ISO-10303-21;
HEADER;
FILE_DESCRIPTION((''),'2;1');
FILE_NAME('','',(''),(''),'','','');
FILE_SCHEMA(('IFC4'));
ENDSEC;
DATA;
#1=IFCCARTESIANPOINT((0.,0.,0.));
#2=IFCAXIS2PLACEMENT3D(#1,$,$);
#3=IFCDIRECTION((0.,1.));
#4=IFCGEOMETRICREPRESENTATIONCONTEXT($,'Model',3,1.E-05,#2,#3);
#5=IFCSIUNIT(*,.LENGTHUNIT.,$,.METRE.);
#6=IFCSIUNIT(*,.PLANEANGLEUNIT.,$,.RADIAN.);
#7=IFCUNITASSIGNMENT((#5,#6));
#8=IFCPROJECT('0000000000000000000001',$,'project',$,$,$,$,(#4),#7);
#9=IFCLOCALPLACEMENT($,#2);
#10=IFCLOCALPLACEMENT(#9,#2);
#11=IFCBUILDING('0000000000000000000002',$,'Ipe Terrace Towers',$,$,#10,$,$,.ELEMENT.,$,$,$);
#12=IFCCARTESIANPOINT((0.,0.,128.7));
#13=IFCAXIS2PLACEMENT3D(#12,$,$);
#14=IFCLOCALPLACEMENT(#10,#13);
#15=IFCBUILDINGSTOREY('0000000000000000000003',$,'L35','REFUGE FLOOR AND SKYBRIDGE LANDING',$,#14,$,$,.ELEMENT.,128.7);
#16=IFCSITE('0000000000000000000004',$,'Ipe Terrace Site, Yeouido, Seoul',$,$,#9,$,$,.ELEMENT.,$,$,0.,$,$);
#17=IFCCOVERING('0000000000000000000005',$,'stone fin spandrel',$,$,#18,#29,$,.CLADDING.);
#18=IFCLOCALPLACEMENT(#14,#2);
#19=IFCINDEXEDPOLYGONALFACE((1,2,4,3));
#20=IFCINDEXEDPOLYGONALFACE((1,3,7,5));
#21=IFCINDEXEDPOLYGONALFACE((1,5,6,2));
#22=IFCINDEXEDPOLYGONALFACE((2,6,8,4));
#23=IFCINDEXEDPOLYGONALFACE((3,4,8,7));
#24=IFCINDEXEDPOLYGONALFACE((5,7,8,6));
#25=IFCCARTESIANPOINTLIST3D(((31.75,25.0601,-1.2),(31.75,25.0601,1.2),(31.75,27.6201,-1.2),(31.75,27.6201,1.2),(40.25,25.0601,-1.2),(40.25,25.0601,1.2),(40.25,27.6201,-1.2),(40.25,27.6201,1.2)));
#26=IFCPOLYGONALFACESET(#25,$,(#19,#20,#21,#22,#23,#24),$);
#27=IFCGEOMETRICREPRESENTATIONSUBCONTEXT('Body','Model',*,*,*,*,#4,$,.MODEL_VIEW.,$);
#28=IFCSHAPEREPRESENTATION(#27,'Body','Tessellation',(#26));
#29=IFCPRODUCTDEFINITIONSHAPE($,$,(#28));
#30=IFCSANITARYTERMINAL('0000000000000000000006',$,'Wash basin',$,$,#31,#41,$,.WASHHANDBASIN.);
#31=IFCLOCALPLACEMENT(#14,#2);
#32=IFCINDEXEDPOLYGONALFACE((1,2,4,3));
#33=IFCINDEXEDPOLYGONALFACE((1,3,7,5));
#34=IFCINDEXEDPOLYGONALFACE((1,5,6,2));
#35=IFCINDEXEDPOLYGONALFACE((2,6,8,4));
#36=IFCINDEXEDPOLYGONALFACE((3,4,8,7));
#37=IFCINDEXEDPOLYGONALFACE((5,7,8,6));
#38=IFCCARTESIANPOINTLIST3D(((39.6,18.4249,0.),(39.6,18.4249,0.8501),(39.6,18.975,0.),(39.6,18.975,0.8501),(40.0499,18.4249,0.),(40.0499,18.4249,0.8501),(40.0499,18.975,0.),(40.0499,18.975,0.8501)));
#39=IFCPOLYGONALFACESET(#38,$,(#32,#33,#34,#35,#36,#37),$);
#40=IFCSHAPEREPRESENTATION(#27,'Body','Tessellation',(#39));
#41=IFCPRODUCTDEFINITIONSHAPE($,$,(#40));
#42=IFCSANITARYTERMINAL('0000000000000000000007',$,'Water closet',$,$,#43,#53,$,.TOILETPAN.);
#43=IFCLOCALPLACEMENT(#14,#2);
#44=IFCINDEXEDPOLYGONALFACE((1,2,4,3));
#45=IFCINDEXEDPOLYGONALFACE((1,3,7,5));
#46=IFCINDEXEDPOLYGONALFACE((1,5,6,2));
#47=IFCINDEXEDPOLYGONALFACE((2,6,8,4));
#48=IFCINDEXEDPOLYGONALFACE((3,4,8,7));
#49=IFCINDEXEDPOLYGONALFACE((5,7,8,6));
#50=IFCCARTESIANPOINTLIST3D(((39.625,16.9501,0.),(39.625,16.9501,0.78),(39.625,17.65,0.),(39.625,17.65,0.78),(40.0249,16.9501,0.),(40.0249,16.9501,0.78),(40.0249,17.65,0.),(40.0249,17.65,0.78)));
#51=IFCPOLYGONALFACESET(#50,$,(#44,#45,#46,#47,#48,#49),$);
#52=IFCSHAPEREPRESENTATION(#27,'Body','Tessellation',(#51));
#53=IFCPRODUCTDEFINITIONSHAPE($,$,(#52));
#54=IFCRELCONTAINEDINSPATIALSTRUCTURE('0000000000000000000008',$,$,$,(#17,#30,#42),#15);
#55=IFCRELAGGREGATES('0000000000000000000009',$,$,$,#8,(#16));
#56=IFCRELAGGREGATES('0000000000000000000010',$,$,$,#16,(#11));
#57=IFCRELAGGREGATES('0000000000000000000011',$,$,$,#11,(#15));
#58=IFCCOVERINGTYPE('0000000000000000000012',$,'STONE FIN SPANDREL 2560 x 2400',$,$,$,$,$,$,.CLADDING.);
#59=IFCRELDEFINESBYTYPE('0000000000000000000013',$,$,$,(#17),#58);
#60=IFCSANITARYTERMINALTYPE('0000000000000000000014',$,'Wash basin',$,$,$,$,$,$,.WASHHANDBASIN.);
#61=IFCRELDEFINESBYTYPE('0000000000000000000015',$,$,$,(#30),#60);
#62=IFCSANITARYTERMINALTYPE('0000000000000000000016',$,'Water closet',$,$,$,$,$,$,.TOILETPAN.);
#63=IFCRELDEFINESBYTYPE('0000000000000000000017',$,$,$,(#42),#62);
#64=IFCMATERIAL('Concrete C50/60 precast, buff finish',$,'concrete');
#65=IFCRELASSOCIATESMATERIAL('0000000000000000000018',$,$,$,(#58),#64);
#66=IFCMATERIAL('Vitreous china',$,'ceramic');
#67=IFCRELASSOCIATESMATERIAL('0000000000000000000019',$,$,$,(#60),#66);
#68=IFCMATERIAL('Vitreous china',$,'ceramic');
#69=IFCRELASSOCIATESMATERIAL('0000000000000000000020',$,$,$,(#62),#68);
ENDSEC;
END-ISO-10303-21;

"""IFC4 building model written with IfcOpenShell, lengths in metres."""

from ifc_helpers import new_model, si_unit, direction, frame, origin, origin_2d, place, context, subcontext, project, spatial, rectangle, extrude, material, material_profile, profile_set, type_object, element, save


model = new_model("IFC4")

# Units and contexts
model_context = context("Model", 3, precision=1e-05, world=origin(), true_north=direction((0.0, 1.0)))
body_context = subcontext(model_context, "Body", "Model", "MODEL_VIEW")
ifc_project = project(units=[si_unit("LENGTHUNIT", "METRE"), si_unit("PLANEANGLEUNIT", "RADIAN")], contexts=[model_context])

# Site, building, storey
site_placement = place(None, origin())
site = spatial("IfcSite", under=ifc_project, at=site_placement, Name="Ipe Terrace Site, Yeouido, Seoul", CompositionType="ELEMENT", RefElevation=0.0)
building_placement = place(site_placement, origin())
building = spatial("IfcBuilding", under=site, at=building_placement, Name="Ipe Terrace Towers", CompositionType="ELEMENT")
storey_placement = place(building_placement, frame((0.0, 0.0, 128.7)))
storey = spatial("IfcBuildingStorey", under=building, at=storey_placement, Name="L35", Description="REFUGE FLOOR AND SKYBRIDGE LANDING", CompositionType="ELEMENT", Elevation=128.7)

# Covering
ifc_material_1 = material(Name="Concrete C50/60 precast, buff finish", Category="concrete")
ifc_material_profile_1 = material_profile(ifc_material_1, rectangle(XDim=2.5601, YDim=2.3999, at=origin_2d()), Name="STONE FIN SPANDREL 2560 x 2400")
ifc_profile_set_1 = profile_set([ifc_material_profile_1], Name="Concrete C50/60 precast, buff finish")
covering_type_1 = type_object("IfcCoveringType", Name="STONE FIN SPANDREL 2560 x 2400", PredefinedType="CLADDING", material=ifc_profile_set_1)
covering_1_placement = place(storey_placement, frame((40.25, 26.3401, 0.0), z_axis=(-1.0, 0.0, 0.0), x_axis=(0.0, 1.0, 0.0)))
element("IfcCovering", 1, at=covering_1_placement, inside=storey, type_object=covering_type_1, Name="stone fin spandrel", PredefinedType="CLADDING", context=body_context, shape_type="SweptSolid", body=[
    extrude(rectangle(XDim=2.5601, YDim=2.3999, at=origin_2d()), origin(), (0.0, 0.0, 1.0), 8.5),
])

# Sanitary terminals
ifc_material_2 = material(Name="Vitreous china", Category="ceramic")
sanitary_terminal_type_1 = type_object("IfcSanitaryTerminalType", Name="Wash basin", PredefinedType="WASHHANDBASIN", material=ifc_material_2)
sanitary_terminal_1_placement = place(storey_placement, frame((39.825, 18.7, 0.0), z_axis=(0.0, 0.0, 1.0), x_axis=(0.0, 1.0, 0.0)))
element("IfcSanitaryTerminal", 2, at=sanitary_terminal_1_placement, inside=storey, type_object=sanitary_terminal_type_1, Name="Wash basin", PredefinedType="WASHHANDBASIN", context=body_context, shape_type="SweptSolid", body=[
    extrude(rectangle(XDim=0.55, YDim=0.45, at=origin_2d()), origin(), (0.0, 0.0, 1.0), 0.8501),
])
ifc_material_3 = material(Name="Vitreous china", Category="ceramic")
sanitary_terminal_type_2 = type_object("IfcSanitaryTerminalType", Name="Water closet", PredefinedType="TOILETPAN", material=ifc_material_3)
sanitary_terminal_2_placement = place(storey_placement, frame((39.825, 17.3, 0.0), z_axis=(0.0, 0.0, 1.0), x_axis=(0.0, 1.0, 0.0)))
element("IfcSanitaryTerminal", 3, at=sanitary_terminal_2_placement, inside=storey, type_object=sanitary_terminal_type_2, Name="Water closet", PredefinedType="TOILETPAN", context=body_context, shape_type="SweptSolid", body=[
    extrude(rectangle(XDim=0.7, YDim=0.3999, at=origin_2d()), origin(), (0.0, 0.0, 1.0), 0.78),
])

save(model, "model.ifc")
